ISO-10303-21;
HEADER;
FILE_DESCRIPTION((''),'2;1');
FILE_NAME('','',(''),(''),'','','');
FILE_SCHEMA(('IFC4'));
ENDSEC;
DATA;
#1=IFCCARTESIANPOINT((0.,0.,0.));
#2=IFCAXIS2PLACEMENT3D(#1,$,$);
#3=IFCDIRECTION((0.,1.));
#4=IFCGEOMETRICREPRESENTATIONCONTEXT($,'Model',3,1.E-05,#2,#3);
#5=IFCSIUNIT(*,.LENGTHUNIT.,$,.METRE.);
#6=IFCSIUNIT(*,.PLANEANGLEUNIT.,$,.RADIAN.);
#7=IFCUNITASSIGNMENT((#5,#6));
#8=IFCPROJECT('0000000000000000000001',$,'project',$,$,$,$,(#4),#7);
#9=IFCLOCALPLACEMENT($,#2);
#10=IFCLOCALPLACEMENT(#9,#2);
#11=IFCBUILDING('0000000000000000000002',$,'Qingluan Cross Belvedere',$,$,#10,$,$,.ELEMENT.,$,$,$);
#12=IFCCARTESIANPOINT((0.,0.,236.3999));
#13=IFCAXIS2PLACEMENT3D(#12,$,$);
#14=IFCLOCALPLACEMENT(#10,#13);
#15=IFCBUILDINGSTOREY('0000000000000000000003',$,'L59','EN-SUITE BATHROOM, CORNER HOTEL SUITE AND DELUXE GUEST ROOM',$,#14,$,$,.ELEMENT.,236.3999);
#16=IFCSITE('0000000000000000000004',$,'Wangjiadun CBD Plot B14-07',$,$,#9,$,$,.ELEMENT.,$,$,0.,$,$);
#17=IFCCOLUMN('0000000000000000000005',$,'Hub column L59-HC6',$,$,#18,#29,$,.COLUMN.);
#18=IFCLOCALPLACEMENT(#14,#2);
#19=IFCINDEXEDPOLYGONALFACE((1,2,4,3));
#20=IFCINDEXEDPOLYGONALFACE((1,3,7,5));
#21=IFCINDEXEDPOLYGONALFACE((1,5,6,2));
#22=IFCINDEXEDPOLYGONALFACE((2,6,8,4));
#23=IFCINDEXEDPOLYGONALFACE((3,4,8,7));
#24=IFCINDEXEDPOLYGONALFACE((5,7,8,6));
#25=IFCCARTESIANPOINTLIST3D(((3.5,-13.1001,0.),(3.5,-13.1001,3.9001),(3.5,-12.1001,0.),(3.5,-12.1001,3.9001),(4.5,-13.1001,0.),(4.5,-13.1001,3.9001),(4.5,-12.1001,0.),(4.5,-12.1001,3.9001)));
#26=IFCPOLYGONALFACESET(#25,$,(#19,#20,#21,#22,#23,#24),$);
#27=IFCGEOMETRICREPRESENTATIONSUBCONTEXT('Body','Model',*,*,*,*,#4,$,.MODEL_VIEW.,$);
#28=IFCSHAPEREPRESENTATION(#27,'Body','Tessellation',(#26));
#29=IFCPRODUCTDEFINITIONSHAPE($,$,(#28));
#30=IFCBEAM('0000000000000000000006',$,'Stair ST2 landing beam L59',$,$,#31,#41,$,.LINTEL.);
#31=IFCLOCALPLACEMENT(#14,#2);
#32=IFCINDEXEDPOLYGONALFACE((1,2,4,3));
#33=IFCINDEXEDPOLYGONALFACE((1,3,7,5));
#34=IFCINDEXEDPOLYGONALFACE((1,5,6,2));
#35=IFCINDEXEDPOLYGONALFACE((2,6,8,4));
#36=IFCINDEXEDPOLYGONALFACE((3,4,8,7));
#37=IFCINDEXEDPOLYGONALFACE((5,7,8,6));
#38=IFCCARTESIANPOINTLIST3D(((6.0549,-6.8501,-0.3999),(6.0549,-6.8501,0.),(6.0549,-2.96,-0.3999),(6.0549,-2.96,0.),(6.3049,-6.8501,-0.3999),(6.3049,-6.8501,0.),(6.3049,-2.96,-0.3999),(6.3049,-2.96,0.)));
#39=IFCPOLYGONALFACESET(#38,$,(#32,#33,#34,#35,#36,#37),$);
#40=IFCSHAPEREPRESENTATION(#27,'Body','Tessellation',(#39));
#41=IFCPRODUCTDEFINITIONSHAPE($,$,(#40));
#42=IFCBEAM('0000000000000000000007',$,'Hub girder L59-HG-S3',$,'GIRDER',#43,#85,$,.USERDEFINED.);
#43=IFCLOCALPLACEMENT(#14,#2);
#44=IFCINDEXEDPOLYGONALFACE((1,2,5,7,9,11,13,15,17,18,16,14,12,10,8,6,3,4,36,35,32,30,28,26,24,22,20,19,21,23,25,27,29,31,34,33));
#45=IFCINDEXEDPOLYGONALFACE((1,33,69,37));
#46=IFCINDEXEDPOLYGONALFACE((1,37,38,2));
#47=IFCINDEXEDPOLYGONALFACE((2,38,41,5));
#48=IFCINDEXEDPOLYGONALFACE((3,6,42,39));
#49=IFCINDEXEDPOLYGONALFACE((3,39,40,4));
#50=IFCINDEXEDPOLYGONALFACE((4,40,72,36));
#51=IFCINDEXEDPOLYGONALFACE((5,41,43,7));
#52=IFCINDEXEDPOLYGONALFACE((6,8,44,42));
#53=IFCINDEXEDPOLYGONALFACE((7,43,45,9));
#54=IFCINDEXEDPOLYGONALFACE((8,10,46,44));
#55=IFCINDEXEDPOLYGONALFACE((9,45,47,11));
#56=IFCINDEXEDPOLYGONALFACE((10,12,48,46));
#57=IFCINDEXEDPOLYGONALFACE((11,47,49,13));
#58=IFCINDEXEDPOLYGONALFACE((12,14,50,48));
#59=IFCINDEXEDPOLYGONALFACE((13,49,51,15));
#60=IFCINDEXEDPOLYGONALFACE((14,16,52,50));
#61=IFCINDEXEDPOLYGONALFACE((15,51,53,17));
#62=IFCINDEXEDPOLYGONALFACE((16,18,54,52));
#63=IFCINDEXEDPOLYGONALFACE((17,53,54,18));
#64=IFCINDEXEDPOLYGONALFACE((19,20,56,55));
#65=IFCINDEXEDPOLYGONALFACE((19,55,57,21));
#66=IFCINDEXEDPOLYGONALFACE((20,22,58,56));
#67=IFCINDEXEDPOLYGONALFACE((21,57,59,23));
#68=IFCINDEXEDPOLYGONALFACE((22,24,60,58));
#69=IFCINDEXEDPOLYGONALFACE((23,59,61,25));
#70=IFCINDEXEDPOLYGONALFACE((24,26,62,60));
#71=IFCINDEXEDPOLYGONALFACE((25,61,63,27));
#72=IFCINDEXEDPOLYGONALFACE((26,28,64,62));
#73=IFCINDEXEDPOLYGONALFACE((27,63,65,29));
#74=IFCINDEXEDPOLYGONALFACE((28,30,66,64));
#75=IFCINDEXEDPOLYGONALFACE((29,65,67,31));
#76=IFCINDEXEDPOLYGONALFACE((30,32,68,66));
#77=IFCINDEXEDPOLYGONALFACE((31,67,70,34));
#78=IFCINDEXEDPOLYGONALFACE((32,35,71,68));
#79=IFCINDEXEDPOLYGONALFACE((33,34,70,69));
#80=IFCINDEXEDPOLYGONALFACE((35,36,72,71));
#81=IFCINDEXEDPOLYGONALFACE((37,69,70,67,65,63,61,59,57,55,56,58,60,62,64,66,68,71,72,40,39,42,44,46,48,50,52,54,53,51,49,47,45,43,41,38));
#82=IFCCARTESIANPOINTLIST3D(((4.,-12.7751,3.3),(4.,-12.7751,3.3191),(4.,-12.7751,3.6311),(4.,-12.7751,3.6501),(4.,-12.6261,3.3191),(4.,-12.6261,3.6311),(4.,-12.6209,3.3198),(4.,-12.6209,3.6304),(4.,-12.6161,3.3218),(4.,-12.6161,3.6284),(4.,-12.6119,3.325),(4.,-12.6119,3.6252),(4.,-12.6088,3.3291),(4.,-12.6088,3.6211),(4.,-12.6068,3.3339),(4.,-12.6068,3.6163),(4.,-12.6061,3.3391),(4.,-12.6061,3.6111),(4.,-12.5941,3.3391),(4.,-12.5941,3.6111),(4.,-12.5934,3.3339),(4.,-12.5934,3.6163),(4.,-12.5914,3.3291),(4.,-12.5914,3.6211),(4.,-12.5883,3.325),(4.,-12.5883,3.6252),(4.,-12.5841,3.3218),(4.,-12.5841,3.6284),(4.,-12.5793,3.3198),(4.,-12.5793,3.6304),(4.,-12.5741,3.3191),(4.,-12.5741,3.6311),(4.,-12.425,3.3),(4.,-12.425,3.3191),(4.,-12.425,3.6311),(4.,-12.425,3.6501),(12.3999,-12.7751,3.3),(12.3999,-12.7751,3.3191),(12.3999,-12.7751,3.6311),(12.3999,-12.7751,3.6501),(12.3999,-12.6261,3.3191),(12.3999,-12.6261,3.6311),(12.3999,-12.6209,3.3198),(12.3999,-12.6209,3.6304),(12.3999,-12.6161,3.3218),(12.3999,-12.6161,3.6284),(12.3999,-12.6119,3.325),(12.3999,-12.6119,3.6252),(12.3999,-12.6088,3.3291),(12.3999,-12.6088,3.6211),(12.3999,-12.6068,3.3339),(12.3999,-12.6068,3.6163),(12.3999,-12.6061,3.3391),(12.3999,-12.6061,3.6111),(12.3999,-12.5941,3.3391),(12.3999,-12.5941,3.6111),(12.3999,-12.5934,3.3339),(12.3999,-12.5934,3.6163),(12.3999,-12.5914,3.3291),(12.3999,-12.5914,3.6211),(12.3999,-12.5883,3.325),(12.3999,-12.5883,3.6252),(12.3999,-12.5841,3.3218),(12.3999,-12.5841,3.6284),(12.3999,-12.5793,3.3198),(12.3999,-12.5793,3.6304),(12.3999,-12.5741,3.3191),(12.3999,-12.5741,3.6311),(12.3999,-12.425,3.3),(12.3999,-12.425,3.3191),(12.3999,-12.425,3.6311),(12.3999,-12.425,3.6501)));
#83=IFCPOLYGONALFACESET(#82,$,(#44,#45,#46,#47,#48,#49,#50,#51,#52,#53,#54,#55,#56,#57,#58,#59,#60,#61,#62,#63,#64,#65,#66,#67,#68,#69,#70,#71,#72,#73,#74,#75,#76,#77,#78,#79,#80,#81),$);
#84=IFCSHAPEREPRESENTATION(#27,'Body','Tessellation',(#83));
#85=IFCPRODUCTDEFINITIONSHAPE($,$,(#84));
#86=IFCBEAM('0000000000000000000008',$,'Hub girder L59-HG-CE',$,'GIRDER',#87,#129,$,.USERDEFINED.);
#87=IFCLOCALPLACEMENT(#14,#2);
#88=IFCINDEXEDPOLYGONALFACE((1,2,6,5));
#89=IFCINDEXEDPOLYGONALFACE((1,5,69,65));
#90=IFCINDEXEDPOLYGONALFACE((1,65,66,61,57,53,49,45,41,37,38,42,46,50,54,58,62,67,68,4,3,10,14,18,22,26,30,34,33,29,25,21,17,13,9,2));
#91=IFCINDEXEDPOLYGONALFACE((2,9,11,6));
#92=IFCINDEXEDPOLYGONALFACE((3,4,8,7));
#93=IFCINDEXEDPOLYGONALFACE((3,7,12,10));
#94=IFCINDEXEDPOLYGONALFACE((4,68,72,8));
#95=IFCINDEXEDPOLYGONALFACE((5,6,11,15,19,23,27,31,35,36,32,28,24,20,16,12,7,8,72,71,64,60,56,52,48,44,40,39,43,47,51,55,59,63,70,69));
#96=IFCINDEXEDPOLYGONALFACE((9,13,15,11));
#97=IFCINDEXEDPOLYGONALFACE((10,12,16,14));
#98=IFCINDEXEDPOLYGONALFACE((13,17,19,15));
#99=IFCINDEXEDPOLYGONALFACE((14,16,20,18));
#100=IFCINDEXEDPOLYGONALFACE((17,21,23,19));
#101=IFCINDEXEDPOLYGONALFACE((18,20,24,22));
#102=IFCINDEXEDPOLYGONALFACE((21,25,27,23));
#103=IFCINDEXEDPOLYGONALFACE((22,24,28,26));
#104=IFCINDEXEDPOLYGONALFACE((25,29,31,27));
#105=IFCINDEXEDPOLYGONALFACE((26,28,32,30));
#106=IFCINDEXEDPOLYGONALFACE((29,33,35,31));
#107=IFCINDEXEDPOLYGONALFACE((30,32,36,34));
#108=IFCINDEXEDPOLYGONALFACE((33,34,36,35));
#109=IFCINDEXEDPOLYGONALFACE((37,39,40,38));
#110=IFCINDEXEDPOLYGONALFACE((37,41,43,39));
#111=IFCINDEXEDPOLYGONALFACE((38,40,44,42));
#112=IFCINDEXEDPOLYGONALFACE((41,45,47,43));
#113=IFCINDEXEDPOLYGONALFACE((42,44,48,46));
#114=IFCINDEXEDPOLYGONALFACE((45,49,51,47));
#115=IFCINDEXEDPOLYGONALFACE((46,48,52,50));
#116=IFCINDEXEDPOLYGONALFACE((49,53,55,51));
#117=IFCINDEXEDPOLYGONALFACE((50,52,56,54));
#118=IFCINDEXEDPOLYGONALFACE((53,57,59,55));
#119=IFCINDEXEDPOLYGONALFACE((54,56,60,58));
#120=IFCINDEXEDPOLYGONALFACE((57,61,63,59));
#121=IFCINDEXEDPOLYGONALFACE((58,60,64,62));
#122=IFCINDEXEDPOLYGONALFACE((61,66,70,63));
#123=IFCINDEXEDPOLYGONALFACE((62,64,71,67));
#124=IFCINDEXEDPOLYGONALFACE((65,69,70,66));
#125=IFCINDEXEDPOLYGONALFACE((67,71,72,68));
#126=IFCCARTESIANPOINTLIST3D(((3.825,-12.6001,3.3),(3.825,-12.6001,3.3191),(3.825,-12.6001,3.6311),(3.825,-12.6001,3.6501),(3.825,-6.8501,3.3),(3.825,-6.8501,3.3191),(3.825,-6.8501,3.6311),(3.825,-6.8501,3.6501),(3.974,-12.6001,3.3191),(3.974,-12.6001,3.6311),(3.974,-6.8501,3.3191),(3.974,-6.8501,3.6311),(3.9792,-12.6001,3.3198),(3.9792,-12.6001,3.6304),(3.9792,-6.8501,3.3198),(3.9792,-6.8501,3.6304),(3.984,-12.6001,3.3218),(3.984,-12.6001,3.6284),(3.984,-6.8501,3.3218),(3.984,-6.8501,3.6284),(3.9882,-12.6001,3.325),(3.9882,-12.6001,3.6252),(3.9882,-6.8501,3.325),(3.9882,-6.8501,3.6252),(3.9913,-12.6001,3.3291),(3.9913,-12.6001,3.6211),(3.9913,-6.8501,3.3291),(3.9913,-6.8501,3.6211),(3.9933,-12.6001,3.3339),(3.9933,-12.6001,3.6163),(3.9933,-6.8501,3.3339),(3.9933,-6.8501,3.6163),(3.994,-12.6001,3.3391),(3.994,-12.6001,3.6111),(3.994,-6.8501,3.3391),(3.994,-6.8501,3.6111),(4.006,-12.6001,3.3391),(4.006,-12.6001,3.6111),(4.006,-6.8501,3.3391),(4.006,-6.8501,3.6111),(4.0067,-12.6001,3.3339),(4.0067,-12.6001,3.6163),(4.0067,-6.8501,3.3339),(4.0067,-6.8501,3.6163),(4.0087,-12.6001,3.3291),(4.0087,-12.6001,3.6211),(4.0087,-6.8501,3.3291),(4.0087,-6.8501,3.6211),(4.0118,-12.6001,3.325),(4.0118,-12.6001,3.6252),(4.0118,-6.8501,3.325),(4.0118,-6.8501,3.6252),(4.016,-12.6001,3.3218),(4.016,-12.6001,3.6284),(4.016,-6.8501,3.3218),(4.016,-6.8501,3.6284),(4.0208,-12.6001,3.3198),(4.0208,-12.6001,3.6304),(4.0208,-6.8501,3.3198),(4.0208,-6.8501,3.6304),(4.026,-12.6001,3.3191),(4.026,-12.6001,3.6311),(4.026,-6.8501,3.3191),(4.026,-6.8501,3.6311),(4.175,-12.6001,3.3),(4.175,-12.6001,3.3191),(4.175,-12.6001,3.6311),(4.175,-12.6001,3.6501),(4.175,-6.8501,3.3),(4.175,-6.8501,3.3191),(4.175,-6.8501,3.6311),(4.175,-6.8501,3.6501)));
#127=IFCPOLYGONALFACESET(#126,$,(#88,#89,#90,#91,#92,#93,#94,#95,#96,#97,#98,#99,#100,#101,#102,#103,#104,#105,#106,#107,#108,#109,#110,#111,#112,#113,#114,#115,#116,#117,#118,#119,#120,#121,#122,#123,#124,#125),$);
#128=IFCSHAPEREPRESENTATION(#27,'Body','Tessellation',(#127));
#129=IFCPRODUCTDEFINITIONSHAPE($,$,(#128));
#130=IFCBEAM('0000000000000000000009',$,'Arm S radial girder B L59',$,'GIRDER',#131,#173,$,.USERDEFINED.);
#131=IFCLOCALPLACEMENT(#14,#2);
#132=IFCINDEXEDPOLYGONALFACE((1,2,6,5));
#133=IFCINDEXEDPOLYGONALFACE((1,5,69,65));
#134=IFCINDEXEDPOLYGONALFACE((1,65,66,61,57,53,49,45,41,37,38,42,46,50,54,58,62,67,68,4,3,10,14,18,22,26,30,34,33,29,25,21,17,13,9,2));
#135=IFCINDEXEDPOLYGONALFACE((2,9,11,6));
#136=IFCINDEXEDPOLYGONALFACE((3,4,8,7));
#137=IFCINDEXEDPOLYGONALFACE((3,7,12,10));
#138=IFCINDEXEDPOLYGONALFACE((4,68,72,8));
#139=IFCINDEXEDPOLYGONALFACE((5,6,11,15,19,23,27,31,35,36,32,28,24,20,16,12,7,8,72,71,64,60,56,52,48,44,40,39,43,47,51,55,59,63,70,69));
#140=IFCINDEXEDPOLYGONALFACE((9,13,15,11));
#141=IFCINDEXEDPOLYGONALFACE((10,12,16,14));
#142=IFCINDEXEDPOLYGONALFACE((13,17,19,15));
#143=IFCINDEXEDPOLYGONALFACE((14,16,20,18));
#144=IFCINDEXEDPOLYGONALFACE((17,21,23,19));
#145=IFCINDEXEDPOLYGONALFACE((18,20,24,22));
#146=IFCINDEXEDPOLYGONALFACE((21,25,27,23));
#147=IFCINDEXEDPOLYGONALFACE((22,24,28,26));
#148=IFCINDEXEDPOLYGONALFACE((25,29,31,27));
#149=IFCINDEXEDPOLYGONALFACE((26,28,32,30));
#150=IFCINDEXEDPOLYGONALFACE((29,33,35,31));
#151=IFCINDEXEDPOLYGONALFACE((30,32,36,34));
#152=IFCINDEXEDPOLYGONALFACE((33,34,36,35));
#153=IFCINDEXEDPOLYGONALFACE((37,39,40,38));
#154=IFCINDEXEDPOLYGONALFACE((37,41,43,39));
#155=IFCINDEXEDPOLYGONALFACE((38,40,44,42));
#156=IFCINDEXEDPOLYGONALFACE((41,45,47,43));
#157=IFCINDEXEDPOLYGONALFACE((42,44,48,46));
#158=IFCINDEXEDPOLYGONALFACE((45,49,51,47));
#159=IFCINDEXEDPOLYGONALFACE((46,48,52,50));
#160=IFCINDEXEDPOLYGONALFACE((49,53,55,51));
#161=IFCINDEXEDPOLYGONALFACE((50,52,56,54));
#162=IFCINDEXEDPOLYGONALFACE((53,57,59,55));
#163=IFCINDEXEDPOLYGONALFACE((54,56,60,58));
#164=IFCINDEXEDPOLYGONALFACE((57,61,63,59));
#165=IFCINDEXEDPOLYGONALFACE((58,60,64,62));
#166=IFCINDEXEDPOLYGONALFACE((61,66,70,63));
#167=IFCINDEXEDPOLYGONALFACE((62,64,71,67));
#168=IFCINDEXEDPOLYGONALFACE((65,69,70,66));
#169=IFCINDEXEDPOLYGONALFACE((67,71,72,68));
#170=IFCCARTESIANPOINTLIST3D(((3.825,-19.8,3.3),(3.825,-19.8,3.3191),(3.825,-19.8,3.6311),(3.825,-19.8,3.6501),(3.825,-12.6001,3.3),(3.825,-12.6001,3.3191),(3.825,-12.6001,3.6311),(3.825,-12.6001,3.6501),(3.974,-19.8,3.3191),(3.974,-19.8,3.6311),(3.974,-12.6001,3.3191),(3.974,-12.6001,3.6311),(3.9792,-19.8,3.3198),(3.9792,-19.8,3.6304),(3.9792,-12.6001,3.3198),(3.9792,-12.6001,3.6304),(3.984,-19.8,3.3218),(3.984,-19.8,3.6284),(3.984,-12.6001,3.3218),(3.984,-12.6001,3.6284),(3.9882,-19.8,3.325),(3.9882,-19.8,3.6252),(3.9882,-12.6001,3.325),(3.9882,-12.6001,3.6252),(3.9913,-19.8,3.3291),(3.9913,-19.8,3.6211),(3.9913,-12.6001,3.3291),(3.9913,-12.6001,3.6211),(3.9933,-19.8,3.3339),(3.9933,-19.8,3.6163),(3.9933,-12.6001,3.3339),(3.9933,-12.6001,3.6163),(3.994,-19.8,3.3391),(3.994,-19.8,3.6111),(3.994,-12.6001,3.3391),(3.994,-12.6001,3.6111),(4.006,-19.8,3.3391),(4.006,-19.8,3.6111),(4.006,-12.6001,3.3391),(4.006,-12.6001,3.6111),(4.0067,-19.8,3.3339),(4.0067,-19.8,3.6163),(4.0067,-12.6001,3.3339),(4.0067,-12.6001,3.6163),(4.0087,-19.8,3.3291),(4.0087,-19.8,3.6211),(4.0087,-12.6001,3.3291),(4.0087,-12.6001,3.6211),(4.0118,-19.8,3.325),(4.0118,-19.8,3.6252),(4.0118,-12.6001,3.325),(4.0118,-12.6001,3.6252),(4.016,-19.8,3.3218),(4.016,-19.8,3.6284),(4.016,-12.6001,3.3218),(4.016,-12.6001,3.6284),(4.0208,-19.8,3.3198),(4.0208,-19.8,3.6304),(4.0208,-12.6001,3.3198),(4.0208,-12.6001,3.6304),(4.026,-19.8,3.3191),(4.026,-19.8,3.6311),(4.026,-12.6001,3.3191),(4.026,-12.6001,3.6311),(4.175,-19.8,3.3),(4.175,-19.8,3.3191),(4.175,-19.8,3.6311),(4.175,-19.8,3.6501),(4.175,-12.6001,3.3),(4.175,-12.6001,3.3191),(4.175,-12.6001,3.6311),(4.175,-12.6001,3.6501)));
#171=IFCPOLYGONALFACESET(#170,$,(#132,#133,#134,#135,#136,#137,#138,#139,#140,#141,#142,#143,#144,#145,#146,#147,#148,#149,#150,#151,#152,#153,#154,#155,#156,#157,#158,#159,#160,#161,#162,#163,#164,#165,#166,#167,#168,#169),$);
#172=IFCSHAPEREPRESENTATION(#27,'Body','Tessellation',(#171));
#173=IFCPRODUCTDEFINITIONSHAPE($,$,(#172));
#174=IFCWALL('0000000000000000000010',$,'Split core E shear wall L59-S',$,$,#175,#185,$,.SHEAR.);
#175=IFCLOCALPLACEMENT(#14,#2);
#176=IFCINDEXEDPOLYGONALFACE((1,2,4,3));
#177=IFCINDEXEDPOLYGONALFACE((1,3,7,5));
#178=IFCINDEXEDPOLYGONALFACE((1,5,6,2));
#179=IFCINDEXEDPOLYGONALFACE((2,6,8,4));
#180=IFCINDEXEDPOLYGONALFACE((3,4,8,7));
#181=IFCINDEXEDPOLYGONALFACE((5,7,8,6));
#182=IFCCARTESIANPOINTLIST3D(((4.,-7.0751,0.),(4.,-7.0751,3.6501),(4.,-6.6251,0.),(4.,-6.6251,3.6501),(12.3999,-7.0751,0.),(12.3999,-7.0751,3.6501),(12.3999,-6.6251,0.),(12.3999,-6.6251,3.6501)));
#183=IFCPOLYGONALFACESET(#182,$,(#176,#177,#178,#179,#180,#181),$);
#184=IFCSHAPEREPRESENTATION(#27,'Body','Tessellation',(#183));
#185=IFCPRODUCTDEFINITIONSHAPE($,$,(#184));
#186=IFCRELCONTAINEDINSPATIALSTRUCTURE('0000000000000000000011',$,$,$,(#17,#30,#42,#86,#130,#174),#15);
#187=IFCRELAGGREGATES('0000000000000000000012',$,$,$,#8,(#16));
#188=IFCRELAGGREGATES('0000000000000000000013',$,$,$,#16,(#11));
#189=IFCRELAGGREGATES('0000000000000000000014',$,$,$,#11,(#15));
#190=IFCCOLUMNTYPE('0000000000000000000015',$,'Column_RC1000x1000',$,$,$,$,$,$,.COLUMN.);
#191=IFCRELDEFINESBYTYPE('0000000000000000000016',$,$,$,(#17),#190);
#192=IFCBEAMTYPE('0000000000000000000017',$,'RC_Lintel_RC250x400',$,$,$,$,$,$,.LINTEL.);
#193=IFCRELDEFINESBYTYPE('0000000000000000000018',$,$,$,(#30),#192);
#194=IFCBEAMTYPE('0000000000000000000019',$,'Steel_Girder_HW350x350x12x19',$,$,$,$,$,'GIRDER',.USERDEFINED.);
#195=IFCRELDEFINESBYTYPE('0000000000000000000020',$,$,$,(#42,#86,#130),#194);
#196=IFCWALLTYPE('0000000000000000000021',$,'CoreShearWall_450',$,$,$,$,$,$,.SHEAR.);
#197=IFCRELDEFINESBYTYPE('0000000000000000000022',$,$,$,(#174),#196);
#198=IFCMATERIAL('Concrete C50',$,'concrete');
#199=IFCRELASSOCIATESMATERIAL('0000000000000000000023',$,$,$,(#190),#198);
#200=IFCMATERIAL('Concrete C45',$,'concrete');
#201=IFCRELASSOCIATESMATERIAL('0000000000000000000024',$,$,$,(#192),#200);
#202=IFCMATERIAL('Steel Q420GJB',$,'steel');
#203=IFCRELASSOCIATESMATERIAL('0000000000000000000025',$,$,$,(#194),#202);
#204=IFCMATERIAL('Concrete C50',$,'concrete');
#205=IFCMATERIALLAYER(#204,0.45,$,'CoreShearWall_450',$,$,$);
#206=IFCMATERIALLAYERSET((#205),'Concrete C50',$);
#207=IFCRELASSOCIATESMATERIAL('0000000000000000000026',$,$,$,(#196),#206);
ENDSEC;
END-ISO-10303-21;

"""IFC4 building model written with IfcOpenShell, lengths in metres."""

from ifc_helpers import new_model, si_unit, direction, frame, frame_2d, origin, origin_2d, place, context, subcontext, project, spatial, rectangle, i_section, extrude, material, layer, layer_set, material_profile, profile_set, type_object, element, save


model = new_model("IFC4")

# Units and contexts
model_context = context("Model", 3, precision=1e-05, world=origin(), true_north=direction((0.0, 1.0)))
body_context = subcontext(model_context, "Body", "Model", "MODEL_VIEW")
ifc_project = project(units=[si_unit("LENGTHUNIT", "METRE"), si_unit("PLANEANGLEUNIT", "RADIAN")], contexts=[model_context])

# Site, building, storey
site_placement = place(None, origin())
site = spatial("IfcSite", under=ifc_project, at=site_placement, Name="Wangjiadun CBD Plot B14-07", CompositionType="ELEMENT", RefElevation=0.0)
building_placement = place(site_placement, origin())
building = spatial("IfcBuilding", under=site, at=building_placement, Name="Qingluan Cross Belvedere", CompositionType="ELEMENT")
storey_placement = place(building_placement, frame((0.0, 0.0, 236.3999)))
storey = spatial("IfcBuildingStorey", under=building, at=storey_placement, Name="L59", Description="EN-SUITE BATHROOM, CORNER HOTEL SUITE AND DELUXE GUEST ROOM", CompositionType="ELEMENT", Elevation=236.3999)

# Column
ifc_material_1 = material(Name="Concrete C50", Category="concrete")
ifc_material_profile_1 = material_profile(ifc_material_1, rectangle(XDim=1.0, YDim=1.0, at=origin_2d()), Name="RC1000x1000")
ifc_profile_set_1 = profile_set([ifc_material_profile_1], Name="Concrete C50")
column_type = type_object("IfcColumnType", Name="Column_RC1000x1000", PredefinedType="COLUMN", material=ifc_profile_set_1)
column_placement = place(storey_placement, frame((4.0, -12.6001, 0.0), z_axis=(0.0, 0.0, 1.0), x_axis=(1.0, 0.0, 0.0)))
element("IfcColumn", 1, at=column_placement, inside=storey, type_object=column_type, Name="Hub column L59-HC6", PredefinedType="COLUMN", context=body_context, shape_type="SweptSolid", body=[
    extrude(rectangle(XDim=1.0, YDim=1.0, at=origin_2d()), origin(), (0.0, 0.0, 1.0), 3.9001),
])

# Beams
ifc_material_2 = material(Name="Concrete C45", Category="concrete")
ifc_material_profile_2 = material_profile(ifc_material_2, rectangle(XDim=0.25, YDim=0.3999, at=origin_2d()), Name="RC250x400")
ifc_profile_set_2 = profile_set([ifc_material_profile_2], Name="Concrete C45")
beam_type_1 = type_object("IfcBeamType", Name="RC_Lintel_RC250x400", PredefinedType="LINTEL", material=ifc_profile_set_2)
beam_1_placement = place(storey_placement, frame((6.1799, -6.8501, -0.2), z_axis=(0.0, 1.0, 0.0), x_axis=(-1.0, 0.0, 0.0)))
element("IfcBeam", 2, at=beam_1_placement, inside=storey, type_object=beam_type_1, Name="Stair ST2 landing beam L59", PredefinedType="LINTEL", context=body_context, shape_type="SweptSolid", body=[
    extrude(rectangle(XDim=0.25, YDim=0.3999, at=origin_2d()), origin(), (0.0, 0.0, 1.0), 3.8901),
])
ifc_material_3 = material(Name="Steel Q420GJB", Category="steel")
ifc_material_profile_3 = material_profile(ifc_material_3, i_section(OverallWidth=0.3501, OverallDepth=0.3501, WebThickness=0.012, FlangeThickness=0.019, FilletRadius=0.02, at=origin_2d()), Name="HW350x350x12x19")
ifc_profile_set_3 = profile_set([ifc_material_profile_3], Name="Steel Q420GJB")
beam_type_2 = type_object("IfcBeamType", Name="Steel_Girder_HW350x350x12x19", ElementType="GIRDER", PredefinedType="USERDEFINED", material=ifc_profile_set_3)
beam_2_placement = place(storey_placement, frame((4.0, -12.6001, 3.4751), z_axis=(1.0, 0.0, 0.0), x_axis=(0.0, 1.0, 0.0)))
element("IfcBeam", 3, at=beam_2_placement, inside=storey, type_object=beam_type_2, Name="Hub girder L59-HG-S3", ObjectType="GIRDER", PredefinedType="USERDEFINED", context=body_context, shape_type="SweptSolid", body=[
    extrude(i_section(OverallWidth=0.3501, OverallDepth=0.3501, WebThickness=0.012, FlangeThickness=0.019, FilletRadius=0.02, at=origin_2d()), origin(), (0.0, 0.0, 1.0), 8.3999),
])
beam_3_placement = place(storey_placement, frame((4.0, -12.6001, 3.4751), z_axis=(0.0, 1.0, 0.0), x_axis=(-1.0, 0.0, 0.0)))
element("IfcBeam", 4, at=beam_3_placement, inside=storey, type_object=beam_type_2, Name="Hub girder L59-HG-CE", ObjectType="GIRDER", PredefinedType="USERDEFINED", context=body_context, shape_type="SweptSolid", body=[
    extrude(i_section(OverallWidth=0.3501, OverallDepth=0.3501, WebThickness=0.012, FlangeThickness=0.019, FilletRadius=0.02, at=origin_2d()), origin(), (0.0, 0.0, 1.0), 5.75),
])
beam_4_placement = place(storey_placement, frame((4.0, -12.6001, 3.4751), z_axis=(0.0, -1.0, 0.0), x_axis=(1.0, 0.0, 0.0)))
element("IfcBeam", 5, at=beam_4_placement, inside=storey, type_object=beam_type_2, Name="Arm S radial girder B L59", ObjectType="GIRDER", PredefinedType="USERDEFINED", context=body_context, shape_type="SweptSolid", body=[
    extrude(i_section(OverallWidth=0.3501, OverallDepth=0.3501, WebThickness=0.012, FlangeThickness=0.019, FilletRadius=0.02, at=origin_2d()), origin(), (0.0, 0.0, 1.0), 7.2),
])

# Wall
ifc_material_4 = material(Name="Concrete C50", Category="concrete")
ifc_layer_1 = layer(ifc_material_4, 0.45, Name="CoreShearWall_450")
ifc_layer_set_1 = layer_set([ifc_layer_1], Name="Concrete C50")
wall_type_1 = type_object("IfcWallType", Name="CoreShearWall_450", PredefinedType="SHEAR", material=ifc_layer_set_1)
wall_1_placement = place(storey_placement, frame((4.0, -6.8501, 0.0), z_axis=(0.0, 0.0, 1.0), x_axis=(1.0, 0.0, 0.0)))
element("IfcWall", 6, at=wall_1_placement, inside=storey, type_object=wall_type_1, Name="Split core E shear wall L59-S", PredefinedType="SHEAR", context=body_context, shape_type="SweptSolid", body=[
    extrude(rectangle(XDim=8.3999, YDim=0.45, at=frame_2d((4.2, 0.0))), origin(), (0.0, 0.0, 1.0), 3.6501),
])

save(model, "model.ifc")
